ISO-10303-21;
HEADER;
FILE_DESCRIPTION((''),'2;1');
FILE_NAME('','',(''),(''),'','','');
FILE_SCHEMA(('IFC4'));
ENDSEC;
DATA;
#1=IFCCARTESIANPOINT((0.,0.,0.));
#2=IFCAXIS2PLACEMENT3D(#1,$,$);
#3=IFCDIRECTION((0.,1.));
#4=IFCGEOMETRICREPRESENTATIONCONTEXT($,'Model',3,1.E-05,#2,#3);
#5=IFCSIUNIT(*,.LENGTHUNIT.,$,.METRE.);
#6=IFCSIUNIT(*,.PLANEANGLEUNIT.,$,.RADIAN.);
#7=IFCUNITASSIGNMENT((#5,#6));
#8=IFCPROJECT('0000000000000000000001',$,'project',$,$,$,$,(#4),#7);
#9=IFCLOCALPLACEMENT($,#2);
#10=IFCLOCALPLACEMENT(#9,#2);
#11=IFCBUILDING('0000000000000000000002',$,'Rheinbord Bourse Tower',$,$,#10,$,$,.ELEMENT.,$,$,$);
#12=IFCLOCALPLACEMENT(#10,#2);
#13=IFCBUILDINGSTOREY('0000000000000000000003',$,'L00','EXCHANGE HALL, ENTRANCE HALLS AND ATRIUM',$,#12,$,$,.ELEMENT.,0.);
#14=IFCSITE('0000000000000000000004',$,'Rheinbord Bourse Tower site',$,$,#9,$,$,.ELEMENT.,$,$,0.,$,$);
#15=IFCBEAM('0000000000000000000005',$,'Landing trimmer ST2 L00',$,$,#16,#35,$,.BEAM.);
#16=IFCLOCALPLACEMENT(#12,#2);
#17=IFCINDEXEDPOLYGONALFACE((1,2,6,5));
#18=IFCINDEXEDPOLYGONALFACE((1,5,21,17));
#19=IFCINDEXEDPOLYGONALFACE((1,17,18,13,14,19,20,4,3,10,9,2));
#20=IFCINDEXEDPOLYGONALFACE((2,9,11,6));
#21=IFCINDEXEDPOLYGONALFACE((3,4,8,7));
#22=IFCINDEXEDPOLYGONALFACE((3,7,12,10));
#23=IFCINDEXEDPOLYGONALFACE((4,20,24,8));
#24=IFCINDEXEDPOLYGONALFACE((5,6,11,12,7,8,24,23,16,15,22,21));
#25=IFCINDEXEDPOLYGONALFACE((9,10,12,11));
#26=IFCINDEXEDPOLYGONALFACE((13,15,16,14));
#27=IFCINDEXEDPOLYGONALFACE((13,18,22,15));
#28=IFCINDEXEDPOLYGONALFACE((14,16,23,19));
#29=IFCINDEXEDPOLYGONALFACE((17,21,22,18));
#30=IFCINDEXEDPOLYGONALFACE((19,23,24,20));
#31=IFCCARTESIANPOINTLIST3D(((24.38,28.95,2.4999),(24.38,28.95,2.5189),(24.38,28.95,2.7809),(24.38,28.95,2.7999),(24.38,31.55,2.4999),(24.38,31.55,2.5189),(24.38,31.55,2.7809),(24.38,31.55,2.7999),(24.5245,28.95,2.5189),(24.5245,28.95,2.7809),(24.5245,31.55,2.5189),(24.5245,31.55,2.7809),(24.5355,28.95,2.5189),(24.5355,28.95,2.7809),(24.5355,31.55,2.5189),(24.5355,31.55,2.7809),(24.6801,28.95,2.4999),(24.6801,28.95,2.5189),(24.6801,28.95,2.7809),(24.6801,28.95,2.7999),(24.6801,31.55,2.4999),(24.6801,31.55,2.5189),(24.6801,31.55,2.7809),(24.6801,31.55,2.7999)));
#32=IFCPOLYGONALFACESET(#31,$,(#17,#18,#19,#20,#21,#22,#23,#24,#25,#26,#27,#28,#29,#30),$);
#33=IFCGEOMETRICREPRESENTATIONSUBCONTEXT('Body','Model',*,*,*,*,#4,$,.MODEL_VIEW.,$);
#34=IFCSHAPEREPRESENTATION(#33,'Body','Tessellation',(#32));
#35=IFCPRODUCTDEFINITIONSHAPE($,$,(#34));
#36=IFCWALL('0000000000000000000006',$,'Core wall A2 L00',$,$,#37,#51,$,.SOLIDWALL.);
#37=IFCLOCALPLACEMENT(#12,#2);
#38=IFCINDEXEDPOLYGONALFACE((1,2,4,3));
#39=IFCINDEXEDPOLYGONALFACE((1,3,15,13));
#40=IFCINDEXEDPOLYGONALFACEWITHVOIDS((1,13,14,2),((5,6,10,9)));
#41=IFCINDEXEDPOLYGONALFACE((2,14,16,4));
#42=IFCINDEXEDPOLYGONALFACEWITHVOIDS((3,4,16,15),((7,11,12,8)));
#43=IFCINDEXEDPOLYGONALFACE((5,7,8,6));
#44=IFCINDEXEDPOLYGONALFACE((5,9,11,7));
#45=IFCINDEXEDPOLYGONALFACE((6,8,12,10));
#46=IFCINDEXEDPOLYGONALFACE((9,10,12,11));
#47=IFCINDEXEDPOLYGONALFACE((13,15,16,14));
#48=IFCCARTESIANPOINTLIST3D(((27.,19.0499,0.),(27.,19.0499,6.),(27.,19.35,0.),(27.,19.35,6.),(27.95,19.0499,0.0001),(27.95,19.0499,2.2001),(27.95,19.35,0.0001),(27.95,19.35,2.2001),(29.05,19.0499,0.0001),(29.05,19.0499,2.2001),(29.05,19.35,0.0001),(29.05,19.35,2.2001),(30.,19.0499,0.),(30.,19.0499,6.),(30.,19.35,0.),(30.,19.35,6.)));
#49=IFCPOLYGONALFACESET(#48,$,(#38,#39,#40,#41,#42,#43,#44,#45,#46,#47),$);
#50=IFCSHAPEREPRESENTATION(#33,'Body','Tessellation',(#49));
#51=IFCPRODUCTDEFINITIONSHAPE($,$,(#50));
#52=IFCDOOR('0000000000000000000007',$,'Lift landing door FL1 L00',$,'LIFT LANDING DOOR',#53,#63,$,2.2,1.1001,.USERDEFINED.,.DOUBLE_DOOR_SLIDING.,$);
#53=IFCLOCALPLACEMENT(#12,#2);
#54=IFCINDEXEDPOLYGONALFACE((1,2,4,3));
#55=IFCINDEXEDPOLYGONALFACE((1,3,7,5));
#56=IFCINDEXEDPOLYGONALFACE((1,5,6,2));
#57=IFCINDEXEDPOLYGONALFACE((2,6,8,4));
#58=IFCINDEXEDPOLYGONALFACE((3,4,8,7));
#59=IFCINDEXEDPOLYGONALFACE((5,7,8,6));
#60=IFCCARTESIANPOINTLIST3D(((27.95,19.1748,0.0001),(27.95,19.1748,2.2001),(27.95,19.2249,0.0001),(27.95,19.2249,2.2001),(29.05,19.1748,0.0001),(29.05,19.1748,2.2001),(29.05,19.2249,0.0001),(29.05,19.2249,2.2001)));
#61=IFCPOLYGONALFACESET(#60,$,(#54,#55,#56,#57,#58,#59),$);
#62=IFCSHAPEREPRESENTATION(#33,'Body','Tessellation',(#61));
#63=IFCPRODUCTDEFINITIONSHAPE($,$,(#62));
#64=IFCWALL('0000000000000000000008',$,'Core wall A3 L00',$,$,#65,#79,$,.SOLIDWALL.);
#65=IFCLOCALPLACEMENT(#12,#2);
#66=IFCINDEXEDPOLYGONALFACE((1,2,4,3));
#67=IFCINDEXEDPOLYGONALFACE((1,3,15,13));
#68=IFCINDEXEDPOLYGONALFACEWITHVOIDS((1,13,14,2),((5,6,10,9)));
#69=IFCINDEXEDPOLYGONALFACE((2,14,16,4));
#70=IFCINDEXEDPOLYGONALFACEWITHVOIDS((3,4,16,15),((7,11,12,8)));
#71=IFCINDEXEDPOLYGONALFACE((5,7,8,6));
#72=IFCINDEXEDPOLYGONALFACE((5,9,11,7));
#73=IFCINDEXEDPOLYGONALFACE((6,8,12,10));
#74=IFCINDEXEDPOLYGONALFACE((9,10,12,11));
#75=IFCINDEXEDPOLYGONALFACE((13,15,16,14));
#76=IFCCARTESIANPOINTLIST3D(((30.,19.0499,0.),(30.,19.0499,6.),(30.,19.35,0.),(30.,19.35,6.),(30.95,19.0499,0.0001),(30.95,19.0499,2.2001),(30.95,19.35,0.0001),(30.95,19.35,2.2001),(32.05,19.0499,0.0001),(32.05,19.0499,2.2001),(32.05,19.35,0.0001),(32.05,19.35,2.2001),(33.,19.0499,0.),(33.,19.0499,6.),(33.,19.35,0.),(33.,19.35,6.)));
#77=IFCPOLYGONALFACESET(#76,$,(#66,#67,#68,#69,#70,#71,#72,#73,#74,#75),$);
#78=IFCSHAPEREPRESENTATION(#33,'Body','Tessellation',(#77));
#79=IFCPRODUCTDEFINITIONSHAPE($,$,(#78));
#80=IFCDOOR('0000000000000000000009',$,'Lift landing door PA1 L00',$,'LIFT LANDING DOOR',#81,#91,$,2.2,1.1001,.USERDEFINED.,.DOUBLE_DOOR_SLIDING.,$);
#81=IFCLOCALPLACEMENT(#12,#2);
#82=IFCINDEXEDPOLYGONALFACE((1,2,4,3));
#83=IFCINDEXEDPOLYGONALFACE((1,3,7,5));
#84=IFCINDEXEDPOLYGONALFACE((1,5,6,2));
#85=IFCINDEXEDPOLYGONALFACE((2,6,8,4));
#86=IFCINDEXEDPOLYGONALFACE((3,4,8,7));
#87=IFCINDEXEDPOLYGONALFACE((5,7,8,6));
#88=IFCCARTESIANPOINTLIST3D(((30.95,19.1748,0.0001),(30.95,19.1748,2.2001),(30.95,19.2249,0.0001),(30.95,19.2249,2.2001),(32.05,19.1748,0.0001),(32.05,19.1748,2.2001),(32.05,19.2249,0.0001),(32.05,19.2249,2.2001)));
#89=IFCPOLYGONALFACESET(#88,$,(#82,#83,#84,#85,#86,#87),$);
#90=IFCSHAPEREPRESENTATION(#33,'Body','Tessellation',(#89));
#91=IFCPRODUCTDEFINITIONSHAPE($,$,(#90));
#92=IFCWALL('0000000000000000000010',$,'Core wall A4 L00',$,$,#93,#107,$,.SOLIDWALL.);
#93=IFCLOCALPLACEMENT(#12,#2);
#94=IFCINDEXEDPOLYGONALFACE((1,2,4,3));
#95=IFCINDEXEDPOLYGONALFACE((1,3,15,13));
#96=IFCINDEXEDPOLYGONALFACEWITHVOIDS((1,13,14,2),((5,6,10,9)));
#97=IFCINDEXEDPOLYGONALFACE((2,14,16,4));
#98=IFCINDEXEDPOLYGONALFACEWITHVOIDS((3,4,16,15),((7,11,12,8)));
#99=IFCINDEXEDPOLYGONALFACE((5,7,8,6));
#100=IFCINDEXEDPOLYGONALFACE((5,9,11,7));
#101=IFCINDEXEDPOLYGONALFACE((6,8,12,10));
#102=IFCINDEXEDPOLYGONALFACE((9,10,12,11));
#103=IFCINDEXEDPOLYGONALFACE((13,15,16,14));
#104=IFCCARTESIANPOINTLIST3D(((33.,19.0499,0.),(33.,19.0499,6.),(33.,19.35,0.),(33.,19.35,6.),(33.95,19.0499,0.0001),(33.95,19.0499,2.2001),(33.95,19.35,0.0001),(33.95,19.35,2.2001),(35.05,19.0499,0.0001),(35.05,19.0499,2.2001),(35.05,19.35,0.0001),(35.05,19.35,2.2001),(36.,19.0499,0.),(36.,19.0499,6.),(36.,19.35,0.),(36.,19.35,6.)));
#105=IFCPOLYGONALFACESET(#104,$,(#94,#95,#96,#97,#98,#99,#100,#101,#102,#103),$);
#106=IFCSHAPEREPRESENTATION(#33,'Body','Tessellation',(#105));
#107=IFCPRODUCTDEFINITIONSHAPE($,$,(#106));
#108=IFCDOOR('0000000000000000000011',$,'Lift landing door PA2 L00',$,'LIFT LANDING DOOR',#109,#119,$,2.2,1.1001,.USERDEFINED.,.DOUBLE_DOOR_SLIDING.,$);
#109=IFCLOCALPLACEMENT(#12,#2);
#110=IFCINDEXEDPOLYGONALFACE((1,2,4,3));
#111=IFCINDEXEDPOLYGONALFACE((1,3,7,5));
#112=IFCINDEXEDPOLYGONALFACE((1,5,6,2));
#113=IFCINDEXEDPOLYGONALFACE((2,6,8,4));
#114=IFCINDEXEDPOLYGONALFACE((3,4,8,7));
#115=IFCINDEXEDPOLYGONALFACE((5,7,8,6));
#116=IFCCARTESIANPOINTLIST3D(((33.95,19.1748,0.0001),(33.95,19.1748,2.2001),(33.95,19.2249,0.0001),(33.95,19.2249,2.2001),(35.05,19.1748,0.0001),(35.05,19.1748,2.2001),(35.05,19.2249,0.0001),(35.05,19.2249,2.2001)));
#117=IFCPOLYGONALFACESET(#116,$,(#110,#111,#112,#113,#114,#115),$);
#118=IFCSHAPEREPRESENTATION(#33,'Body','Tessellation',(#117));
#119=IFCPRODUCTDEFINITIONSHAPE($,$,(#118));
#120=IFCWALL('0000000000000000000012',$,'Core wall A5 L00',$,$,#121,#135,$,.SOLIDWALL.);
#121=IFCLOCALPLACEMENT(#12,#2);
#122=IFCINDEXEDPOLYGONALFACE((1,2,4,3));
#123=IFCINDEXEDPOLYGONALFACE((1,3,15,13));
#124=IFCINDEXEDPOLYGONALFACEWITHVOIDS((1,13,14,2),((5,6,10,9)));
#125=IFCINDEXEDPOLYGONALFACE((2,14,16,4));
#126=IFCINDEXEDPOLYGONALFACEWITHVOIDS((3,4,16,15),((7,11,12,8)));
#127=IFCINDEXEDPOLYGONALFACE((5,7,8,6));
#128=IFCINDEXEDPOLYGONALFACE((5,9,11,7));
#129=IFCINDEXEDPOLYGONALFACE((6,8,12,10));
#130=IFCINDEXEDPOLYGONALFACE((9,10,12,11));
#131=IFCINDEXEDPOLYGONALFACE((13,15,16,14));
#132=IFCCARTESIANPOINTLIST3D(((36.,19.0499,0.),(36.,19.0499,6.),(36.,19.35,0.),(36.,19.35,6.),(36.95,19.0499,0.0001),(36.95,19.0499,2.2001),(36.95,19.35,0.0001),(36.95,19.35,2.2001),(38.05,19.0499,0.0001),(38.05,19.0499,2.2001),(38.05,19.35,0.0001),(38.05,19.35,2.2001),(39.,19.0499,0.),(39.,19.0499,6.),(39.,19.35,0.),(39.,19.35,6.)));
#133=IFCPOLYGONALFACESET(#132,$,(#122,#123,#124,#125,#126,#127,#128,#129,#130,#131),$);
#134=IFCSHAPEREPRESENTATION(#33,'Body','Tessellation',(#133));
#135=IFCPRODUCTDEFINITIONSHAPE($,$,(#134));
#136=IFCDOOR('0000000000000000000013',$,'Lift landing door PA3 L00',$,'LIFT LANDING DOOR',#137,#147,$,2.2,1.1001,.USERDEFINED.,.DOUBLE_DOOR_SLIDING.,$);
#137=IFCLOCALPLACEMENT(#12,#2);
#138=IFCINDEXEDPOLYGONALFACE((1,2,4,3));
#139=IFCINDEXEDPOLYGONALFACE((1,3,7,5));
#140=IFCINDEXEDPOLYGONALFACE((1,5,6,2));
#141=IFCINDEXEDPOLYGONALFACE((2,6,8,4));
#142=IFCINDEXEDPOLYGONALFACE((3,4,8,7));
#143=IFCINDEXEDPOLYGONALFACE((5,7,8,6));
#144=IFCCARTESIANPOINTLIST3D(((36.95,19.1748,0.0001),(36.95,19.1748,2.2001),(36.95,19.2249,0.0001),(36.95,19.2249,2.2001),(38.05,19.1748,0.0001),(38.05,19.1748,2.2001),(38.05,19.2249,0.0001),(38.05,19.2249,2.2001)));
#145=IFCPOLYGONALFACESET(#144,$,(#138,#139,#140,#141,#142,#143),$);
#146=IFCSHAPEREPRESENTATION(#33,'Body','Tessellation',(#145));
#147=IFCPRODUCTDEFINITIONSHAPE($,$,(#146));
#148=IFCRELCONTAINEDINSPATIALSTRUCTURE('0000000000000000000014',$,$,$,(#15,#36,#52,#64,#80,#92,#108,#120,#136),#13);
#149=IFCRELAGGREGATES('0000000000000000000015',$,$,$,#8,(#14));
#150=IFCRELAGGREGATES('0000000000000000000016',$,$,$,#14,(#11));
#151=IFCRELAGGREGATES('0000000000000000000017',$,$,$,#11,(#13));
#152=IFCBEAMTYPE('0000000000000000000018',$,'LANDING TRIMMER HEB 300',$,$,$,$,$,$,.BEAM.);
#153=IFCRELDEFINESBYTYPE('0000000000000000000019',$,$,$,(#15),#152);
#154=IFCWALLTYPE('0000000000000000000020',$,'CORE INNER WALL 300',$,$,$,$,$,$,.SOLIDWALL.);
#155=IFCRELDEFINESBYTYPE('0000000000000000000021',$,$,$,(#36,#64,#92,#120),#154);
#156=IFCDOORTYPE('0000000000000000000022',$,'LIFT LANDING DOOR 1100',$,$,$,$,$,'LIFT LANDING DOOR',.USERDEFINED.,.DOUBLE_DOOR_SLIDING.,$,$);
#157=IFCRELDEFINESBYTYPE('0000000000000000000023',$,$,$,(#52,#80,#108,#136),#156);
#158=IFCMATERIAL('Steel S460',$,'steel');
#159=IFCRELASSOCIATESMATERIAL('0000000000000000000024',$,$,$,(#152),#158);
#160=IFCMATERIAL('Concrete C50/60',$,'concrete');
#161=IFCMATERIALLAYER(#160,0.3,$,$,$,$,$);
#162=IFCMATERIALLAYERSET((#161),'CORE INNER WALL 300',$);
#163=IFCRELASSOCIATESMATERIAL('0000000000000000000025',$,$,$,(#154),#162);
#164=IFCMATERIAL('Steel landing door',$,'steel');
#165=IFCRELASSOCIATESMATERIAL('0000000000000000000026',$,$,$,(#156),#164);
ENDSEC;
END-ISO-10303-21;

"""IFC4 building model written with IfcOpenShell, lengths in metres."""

from ifc_helpers import new_model, si_unit, direction, frame, frame_2d, origin, origin_2d, place, context, subcontext, project, spatial, rectangle, i_section, extrude, material, layer, layer_set, material_profile, profile_set, type_object, element, fill, save


model = new_model("IFC4")

# Units and contexts
model_context = context("Model", 3, precision=1e-05, world=origin(), true_north=direction((0.0, 1.0)))
body_context = subcontext(model_context, "Body", "Model", "MODEL_VIEW")
ifc_project = project(units=[si_unit("LENGTHUNIT", "METRE"), si_unit("PLANEANGLEUNIT", "RADIAN")], contexts=[model_context])

# Site, building, storey
site_placement = place(None, origin())
site = spatial("IfcSite", under=ifc_project, at=site_placement, Name="Rheinbord Bourse Tower site", CompositionType="ELEMENT", RefElevation=0.0)
building_placement = place(site_placement, origin())
building = spatial("IfcBuilding", under=site, at=building_placement, Name="Rheinbord Bourse Tower", CompositionType="ELEMENT")
storey_placement = place(building_placement, origin())
storey = spatial("IfcBuildingStorey", under=building, at=storey_placement, Name="L00", Description="EXCHANGE HALL, ENTRANCE HALLS AND ATRIUM", CompositionType="ELEMENT", Elevation=0.0)

# Beam
ifc_material_1 = material(Name="Steel S460", Category="steel")
ifc_material_profile = material_profile(ifc_material_1, i_section(OverallWidth=0.3, OverallDepth=0.3, WebThickness=0.011, FlangeThickness=0.019, at=origin_2d()), Name="HEB 300")
ifc_profile_set = profile_set([ifc_material_profile], Name="Steel S460")
beam_type = type_object("IfcBeamType", Name="LANDING TRIMMER HEB 300", PredefinedType="BEAM", material=ifc_profile_set)
beam_placement = place(storey_placement, frame((24.53, 28.95, 2.6499), z_axis=(0.0, 1.0, 0.0), x_axis=(-1.0, 0.0, 0.0)))
element("IfcBeam", 1, at=beam_placement, inside=storey, type_object=beam_type, Name="Landing trimmer ST2 L00", PredefinedType="BEAM", context=body_context, shape_type="SweptSolid", body=[
    extrude(i_section(OverallWidth=0.3, OverallDepth=0.3, WebThickness=0.011, FlangeThickness=0.019, at=origin_2d()), origin(), (0.0, 0.0, 1.0), 2.6001),
])

# Walls, openings, doors
ifc_material_2 = material(Name="Concrete C50/60", Category="concrete")
ifc_layer = layer(ifc_material_2, 0.3)
ifc_layer_set = layer_set([ifc_layer], Name="CORE INNER WALL 300")
wall_type = type_object("IfcWallType", Name="CORE INNER WALL 300", PredefinedType="SOLIDWALL", material=ifc_layer_set)
wall_1_placement = place(storey_placement, frame((27.0, 19.2, 0.0), z_axis=(0.0, 0.0, 1.0), x_axis=(1.0, 0.0, 0.0)))
wall_1 = element("IfcWall", 2, at=wall_1_placement, inside=storey, type_object=wall_type, Name="Core wall A2 L00", PredefinedType="SOLIDWALL", context=body_context, shape_type="SweptSolid", body=[
    extrude(rectangle(XDim=3.0, YDim=0.3, at=frame_2d((1.5, 0.0))), origin(), (0.0, 0.0, 1.0), 6.0),
])
opening_1_placement = place(wall_1_placement, frame((0.95, 0.0, 0.0)))
opening_1 = element("IfcOpeningElement", 3, at=opening_1_placement, cuts=wall_1, PredefinedType="OPENING", context=body_context, shape_type="SweptSolid", body=[
    extrude(rectangle(XDim=1.1001, YDim=2.2, at=frame_2d((0.55, 1.1001))), frame((0.0, 0.1599, 0.0), z_axis=(0.0, -1.0, 0.0), x_axis=(1.0, 0.0, 0.0)), (0.0, 0.0, 1.0), 0.3201),
])
ifc_material_3 = material(Name="Steel landing door", Category="steel")
door_type_1 = type_object("IfcDoorType", Name="LIFT LANDING DOOR 1100", ElementType="LIFT LANDING DOOR", OperationType="DOUBLE_DOOR_SLIDING", PredefinedType="USERDEFINED", material=ifc_material_3)
door_1_placement = place(opening_1_placement, origin())
door_1 = element("IfcDoor", 4, at=door_1_placement, inside=storey, type_object=door_type_1, Name="Lift landing door FL1 L00", ObjectType="LIFT LANDING DOOR", OperationType="DOUBLE_DOOR_SLIDING", OverallHeight=2.2, OverallWidth=1.1001, PredefinedType="USERDEFINED", context=body_context, shape_type="SweptSolid", body=[
    extrude(rectangle(XDim=1.1001, YDim=2.2, at=frame_2d((0.55, 1.1001))), frame((0.0, 0.0249, 0.0), z_axis=(0.0, -1.0, 0.0), x_axis=(1.0, 0.0, 0.0)), (0.0, 0.0, 1.0), 0.05),
])
fill(opening_1, door_1)
wall_2_placement = place(storey_placement, frame((30.0, 19.2, 0.0), z_axis=(0.0, 0.0, 1.0), x_axis=(1.0, 0.0, 0.0)))
wall_2 = element("IfcWall", 5, at=wall_2_placement, inside=storey, type_object=wall_type, Name="Core wall A3 L00", PredefinedType="SOLIDWALL", context=body_context, shape_type="SweptSolid", body=[
    extrude(rectangle(XDim=3.0, YDim=0.3, at=frame_2d((1.5, 0.0))), origin(), (0.0, 0.0, 1.0), 6.0),
])
opening_2_placement = place(wall_2_placement, frame((0.95, 0.0, 0.0)))
opening_2 = element("IfcOpeningElement", 6, at=opening_2_placement, cuts=wall_2, PredefinedType="OPENING", context=body_context, shape_type="SweptSolid", body=[
    extrude(rectangle(XDim=1.1001, YDim=2.2, at=frame_2d((0.55, 1.1001))), frame((0.0, 0.1599, 0.0), z_axis=(0.0, -1.0, 0.0), x_axis=(1.0, 0.0, 0.0)), (0.0, 0.0, 1.0), 0.3201),
])
door_2_placement = place(opening_2_placement, origin())
door_2 = element("IfcDoor", 7, at=door_2_placement, inside=storey, type_object=door_type_1, Name="Lift landing door PA1 L00", ObjectType="LIFT LANDING DOOR", OperationType="DOUBLE_DOOR_SLIDING", OverallHeight=2.2, OverallWidth=1.1001, PredefinedType="USERDEFINED", context=body_context, shape_type="SweptSolid", body=[
    extrude(rectangle(XDim=1.1001, YDim=2.2, at=frame_2d((0.55, 1.1001))), frame((0.0, 0.0249, 0.0), z_axis=(0.0, -1.0, 0.0), x_axis=(1.0, 0.0, 0.0)), (0.0, 0.0, 1.0), 0.05),
])
fill(opening_2, door_2)
wall_3_placement = place(storey_placement, frame((33.0, 19.2, 0.0), z_axis=(0.0, 0.0, 1.0), x_axis=(1.0, 0.0, 0.0)))
wall_3 = element("IfcWall", 8, at=wall_3_placement, inside=storey, type_object=wall_type, Name="Core wall A4 L00", PredefinedType="SOLIDWALL", context=body_context, shape_type="SweptSolid", body=[
    extrude(rectangle(XDim=3.0, YDim=0.3, at=frame_2d((1.5, 0.0))), origin(), (0.0, 0.0, 1.0), 6.0),
])
opening_3_placement = place(wall_3_placement, frame((0.95, 0.0, 0.0)))
opening_3 = element("IfcOpeningElement", 9, at=opening_3_placement, cuts=wall_3, PredefinedType="OPENING", context=body_context, shape_type="SweptSolid", body=[
    extrude(rectangle(XDim=1.1001, YDim=2.2, at=frame_2d((0.55, 1.1001))), frame((0.0, 0.1599, 0.0), z_axis=(0.0, -1.0, 0.0), x_axis=(1.0, 0.0, 0.0)), (0.0, 0.0, 1.0), 0.3201),
])
door_3_placement = place(opening_3_placement, origin())
door_3 = element("IfcDoor", 10, at=door_3_placement, inside=storey, type_object=door_type_1, Name="Lift landing door PA2 L00", ObjectType="LIFT LANDING DOOR", OperationType="DOUBLE_DOOR_SLIDING", OverallHeight=2.2, OverallWidth=1.1001, PredefinedType="USERDEFINED", context=body_context, shape_type="SweptSolid", body=[
    extrude(rectangle(XDim=1.1001, YDim=2.2, at=frame_2d((0.55, 1.1001))), frame((0.0, 0.0249, 0.0), z_axis=(0.0, -1.0, 0.0), x_axis=(1.0, 0.0, 0.0)), (0.0, 0.0, 1.0), 0.05),
])
fill(opening_3, door_3)
wall_4_placement = place(storey_placement, frame((36.0, 19.2, 0.0), z_axis=(0.0, 0.0, 1.0), x_axis=(1.0, 0.0, 0.0)))
wall_4 = element("IfcWall", 11, at=wall_4_placement, inside=storey, type_object=wall_type, Name="Core wall A5 L00", PredefinedType="SOLIDWALL", context=body_context, shape_type="SweptSolid", body=[
    extrude(rectangle(XDim=3.0, YDim=0.3, at=frame_2d((1.5, 0.0))), origin(), (0.0, 0.0, 1.0), 6.0),
])
opening_4_placement = place(wall_4_placement, frame((0.95, 0.0, 0.0)))
opening_4 = element("IfcOpeningElement", 12, at=opening_4_placement, cuts=wall_4, PredefinedType="OPENING", context=body_context, shape_type="SweptSolid", body=[
    extrude(rectangle(XDim=1.1001, YDim=2.2, at=frame_2d((0.55, 1.1001))), frame((0.0, 0.1599, 0.0), z_axis=(0.0, -1.0, 0.0), x_axis=(1.0, 0.0, 0.0)), (0.0, 0.0, 1.0), 0.3201),
])
door_4_placement = place(opening_4_placement, origin())
door_4 = element("IfcDoor", 13, at=door_4_placement, inside=storey, type_object=door_type_1, Name="Lift landing door PA3 L00", ObjectType="LIFT LANDING DOOR", OperationType="DOUBLE_DOOR_SLIDING", OverallHeight=2.2, OverallWidth=1.1001, PredefinedType="USERDEFINED", context=body_context, shape_type="SweptSolid", body=[
    extrude(rectangle(XDim=1.1001, YDim=2.2, at=frame_2d((0.55, 1.1001))), frame((0.0, 0.0249, 0.0), z_axis=(0.0, -1.0, 0.0), x_axis=(1.0, 0.0, 0.0)), (0.0, 0.0, 1.0), 0.05),
])
fill(opening_4, door_4)

save(model, "model.ifc")
